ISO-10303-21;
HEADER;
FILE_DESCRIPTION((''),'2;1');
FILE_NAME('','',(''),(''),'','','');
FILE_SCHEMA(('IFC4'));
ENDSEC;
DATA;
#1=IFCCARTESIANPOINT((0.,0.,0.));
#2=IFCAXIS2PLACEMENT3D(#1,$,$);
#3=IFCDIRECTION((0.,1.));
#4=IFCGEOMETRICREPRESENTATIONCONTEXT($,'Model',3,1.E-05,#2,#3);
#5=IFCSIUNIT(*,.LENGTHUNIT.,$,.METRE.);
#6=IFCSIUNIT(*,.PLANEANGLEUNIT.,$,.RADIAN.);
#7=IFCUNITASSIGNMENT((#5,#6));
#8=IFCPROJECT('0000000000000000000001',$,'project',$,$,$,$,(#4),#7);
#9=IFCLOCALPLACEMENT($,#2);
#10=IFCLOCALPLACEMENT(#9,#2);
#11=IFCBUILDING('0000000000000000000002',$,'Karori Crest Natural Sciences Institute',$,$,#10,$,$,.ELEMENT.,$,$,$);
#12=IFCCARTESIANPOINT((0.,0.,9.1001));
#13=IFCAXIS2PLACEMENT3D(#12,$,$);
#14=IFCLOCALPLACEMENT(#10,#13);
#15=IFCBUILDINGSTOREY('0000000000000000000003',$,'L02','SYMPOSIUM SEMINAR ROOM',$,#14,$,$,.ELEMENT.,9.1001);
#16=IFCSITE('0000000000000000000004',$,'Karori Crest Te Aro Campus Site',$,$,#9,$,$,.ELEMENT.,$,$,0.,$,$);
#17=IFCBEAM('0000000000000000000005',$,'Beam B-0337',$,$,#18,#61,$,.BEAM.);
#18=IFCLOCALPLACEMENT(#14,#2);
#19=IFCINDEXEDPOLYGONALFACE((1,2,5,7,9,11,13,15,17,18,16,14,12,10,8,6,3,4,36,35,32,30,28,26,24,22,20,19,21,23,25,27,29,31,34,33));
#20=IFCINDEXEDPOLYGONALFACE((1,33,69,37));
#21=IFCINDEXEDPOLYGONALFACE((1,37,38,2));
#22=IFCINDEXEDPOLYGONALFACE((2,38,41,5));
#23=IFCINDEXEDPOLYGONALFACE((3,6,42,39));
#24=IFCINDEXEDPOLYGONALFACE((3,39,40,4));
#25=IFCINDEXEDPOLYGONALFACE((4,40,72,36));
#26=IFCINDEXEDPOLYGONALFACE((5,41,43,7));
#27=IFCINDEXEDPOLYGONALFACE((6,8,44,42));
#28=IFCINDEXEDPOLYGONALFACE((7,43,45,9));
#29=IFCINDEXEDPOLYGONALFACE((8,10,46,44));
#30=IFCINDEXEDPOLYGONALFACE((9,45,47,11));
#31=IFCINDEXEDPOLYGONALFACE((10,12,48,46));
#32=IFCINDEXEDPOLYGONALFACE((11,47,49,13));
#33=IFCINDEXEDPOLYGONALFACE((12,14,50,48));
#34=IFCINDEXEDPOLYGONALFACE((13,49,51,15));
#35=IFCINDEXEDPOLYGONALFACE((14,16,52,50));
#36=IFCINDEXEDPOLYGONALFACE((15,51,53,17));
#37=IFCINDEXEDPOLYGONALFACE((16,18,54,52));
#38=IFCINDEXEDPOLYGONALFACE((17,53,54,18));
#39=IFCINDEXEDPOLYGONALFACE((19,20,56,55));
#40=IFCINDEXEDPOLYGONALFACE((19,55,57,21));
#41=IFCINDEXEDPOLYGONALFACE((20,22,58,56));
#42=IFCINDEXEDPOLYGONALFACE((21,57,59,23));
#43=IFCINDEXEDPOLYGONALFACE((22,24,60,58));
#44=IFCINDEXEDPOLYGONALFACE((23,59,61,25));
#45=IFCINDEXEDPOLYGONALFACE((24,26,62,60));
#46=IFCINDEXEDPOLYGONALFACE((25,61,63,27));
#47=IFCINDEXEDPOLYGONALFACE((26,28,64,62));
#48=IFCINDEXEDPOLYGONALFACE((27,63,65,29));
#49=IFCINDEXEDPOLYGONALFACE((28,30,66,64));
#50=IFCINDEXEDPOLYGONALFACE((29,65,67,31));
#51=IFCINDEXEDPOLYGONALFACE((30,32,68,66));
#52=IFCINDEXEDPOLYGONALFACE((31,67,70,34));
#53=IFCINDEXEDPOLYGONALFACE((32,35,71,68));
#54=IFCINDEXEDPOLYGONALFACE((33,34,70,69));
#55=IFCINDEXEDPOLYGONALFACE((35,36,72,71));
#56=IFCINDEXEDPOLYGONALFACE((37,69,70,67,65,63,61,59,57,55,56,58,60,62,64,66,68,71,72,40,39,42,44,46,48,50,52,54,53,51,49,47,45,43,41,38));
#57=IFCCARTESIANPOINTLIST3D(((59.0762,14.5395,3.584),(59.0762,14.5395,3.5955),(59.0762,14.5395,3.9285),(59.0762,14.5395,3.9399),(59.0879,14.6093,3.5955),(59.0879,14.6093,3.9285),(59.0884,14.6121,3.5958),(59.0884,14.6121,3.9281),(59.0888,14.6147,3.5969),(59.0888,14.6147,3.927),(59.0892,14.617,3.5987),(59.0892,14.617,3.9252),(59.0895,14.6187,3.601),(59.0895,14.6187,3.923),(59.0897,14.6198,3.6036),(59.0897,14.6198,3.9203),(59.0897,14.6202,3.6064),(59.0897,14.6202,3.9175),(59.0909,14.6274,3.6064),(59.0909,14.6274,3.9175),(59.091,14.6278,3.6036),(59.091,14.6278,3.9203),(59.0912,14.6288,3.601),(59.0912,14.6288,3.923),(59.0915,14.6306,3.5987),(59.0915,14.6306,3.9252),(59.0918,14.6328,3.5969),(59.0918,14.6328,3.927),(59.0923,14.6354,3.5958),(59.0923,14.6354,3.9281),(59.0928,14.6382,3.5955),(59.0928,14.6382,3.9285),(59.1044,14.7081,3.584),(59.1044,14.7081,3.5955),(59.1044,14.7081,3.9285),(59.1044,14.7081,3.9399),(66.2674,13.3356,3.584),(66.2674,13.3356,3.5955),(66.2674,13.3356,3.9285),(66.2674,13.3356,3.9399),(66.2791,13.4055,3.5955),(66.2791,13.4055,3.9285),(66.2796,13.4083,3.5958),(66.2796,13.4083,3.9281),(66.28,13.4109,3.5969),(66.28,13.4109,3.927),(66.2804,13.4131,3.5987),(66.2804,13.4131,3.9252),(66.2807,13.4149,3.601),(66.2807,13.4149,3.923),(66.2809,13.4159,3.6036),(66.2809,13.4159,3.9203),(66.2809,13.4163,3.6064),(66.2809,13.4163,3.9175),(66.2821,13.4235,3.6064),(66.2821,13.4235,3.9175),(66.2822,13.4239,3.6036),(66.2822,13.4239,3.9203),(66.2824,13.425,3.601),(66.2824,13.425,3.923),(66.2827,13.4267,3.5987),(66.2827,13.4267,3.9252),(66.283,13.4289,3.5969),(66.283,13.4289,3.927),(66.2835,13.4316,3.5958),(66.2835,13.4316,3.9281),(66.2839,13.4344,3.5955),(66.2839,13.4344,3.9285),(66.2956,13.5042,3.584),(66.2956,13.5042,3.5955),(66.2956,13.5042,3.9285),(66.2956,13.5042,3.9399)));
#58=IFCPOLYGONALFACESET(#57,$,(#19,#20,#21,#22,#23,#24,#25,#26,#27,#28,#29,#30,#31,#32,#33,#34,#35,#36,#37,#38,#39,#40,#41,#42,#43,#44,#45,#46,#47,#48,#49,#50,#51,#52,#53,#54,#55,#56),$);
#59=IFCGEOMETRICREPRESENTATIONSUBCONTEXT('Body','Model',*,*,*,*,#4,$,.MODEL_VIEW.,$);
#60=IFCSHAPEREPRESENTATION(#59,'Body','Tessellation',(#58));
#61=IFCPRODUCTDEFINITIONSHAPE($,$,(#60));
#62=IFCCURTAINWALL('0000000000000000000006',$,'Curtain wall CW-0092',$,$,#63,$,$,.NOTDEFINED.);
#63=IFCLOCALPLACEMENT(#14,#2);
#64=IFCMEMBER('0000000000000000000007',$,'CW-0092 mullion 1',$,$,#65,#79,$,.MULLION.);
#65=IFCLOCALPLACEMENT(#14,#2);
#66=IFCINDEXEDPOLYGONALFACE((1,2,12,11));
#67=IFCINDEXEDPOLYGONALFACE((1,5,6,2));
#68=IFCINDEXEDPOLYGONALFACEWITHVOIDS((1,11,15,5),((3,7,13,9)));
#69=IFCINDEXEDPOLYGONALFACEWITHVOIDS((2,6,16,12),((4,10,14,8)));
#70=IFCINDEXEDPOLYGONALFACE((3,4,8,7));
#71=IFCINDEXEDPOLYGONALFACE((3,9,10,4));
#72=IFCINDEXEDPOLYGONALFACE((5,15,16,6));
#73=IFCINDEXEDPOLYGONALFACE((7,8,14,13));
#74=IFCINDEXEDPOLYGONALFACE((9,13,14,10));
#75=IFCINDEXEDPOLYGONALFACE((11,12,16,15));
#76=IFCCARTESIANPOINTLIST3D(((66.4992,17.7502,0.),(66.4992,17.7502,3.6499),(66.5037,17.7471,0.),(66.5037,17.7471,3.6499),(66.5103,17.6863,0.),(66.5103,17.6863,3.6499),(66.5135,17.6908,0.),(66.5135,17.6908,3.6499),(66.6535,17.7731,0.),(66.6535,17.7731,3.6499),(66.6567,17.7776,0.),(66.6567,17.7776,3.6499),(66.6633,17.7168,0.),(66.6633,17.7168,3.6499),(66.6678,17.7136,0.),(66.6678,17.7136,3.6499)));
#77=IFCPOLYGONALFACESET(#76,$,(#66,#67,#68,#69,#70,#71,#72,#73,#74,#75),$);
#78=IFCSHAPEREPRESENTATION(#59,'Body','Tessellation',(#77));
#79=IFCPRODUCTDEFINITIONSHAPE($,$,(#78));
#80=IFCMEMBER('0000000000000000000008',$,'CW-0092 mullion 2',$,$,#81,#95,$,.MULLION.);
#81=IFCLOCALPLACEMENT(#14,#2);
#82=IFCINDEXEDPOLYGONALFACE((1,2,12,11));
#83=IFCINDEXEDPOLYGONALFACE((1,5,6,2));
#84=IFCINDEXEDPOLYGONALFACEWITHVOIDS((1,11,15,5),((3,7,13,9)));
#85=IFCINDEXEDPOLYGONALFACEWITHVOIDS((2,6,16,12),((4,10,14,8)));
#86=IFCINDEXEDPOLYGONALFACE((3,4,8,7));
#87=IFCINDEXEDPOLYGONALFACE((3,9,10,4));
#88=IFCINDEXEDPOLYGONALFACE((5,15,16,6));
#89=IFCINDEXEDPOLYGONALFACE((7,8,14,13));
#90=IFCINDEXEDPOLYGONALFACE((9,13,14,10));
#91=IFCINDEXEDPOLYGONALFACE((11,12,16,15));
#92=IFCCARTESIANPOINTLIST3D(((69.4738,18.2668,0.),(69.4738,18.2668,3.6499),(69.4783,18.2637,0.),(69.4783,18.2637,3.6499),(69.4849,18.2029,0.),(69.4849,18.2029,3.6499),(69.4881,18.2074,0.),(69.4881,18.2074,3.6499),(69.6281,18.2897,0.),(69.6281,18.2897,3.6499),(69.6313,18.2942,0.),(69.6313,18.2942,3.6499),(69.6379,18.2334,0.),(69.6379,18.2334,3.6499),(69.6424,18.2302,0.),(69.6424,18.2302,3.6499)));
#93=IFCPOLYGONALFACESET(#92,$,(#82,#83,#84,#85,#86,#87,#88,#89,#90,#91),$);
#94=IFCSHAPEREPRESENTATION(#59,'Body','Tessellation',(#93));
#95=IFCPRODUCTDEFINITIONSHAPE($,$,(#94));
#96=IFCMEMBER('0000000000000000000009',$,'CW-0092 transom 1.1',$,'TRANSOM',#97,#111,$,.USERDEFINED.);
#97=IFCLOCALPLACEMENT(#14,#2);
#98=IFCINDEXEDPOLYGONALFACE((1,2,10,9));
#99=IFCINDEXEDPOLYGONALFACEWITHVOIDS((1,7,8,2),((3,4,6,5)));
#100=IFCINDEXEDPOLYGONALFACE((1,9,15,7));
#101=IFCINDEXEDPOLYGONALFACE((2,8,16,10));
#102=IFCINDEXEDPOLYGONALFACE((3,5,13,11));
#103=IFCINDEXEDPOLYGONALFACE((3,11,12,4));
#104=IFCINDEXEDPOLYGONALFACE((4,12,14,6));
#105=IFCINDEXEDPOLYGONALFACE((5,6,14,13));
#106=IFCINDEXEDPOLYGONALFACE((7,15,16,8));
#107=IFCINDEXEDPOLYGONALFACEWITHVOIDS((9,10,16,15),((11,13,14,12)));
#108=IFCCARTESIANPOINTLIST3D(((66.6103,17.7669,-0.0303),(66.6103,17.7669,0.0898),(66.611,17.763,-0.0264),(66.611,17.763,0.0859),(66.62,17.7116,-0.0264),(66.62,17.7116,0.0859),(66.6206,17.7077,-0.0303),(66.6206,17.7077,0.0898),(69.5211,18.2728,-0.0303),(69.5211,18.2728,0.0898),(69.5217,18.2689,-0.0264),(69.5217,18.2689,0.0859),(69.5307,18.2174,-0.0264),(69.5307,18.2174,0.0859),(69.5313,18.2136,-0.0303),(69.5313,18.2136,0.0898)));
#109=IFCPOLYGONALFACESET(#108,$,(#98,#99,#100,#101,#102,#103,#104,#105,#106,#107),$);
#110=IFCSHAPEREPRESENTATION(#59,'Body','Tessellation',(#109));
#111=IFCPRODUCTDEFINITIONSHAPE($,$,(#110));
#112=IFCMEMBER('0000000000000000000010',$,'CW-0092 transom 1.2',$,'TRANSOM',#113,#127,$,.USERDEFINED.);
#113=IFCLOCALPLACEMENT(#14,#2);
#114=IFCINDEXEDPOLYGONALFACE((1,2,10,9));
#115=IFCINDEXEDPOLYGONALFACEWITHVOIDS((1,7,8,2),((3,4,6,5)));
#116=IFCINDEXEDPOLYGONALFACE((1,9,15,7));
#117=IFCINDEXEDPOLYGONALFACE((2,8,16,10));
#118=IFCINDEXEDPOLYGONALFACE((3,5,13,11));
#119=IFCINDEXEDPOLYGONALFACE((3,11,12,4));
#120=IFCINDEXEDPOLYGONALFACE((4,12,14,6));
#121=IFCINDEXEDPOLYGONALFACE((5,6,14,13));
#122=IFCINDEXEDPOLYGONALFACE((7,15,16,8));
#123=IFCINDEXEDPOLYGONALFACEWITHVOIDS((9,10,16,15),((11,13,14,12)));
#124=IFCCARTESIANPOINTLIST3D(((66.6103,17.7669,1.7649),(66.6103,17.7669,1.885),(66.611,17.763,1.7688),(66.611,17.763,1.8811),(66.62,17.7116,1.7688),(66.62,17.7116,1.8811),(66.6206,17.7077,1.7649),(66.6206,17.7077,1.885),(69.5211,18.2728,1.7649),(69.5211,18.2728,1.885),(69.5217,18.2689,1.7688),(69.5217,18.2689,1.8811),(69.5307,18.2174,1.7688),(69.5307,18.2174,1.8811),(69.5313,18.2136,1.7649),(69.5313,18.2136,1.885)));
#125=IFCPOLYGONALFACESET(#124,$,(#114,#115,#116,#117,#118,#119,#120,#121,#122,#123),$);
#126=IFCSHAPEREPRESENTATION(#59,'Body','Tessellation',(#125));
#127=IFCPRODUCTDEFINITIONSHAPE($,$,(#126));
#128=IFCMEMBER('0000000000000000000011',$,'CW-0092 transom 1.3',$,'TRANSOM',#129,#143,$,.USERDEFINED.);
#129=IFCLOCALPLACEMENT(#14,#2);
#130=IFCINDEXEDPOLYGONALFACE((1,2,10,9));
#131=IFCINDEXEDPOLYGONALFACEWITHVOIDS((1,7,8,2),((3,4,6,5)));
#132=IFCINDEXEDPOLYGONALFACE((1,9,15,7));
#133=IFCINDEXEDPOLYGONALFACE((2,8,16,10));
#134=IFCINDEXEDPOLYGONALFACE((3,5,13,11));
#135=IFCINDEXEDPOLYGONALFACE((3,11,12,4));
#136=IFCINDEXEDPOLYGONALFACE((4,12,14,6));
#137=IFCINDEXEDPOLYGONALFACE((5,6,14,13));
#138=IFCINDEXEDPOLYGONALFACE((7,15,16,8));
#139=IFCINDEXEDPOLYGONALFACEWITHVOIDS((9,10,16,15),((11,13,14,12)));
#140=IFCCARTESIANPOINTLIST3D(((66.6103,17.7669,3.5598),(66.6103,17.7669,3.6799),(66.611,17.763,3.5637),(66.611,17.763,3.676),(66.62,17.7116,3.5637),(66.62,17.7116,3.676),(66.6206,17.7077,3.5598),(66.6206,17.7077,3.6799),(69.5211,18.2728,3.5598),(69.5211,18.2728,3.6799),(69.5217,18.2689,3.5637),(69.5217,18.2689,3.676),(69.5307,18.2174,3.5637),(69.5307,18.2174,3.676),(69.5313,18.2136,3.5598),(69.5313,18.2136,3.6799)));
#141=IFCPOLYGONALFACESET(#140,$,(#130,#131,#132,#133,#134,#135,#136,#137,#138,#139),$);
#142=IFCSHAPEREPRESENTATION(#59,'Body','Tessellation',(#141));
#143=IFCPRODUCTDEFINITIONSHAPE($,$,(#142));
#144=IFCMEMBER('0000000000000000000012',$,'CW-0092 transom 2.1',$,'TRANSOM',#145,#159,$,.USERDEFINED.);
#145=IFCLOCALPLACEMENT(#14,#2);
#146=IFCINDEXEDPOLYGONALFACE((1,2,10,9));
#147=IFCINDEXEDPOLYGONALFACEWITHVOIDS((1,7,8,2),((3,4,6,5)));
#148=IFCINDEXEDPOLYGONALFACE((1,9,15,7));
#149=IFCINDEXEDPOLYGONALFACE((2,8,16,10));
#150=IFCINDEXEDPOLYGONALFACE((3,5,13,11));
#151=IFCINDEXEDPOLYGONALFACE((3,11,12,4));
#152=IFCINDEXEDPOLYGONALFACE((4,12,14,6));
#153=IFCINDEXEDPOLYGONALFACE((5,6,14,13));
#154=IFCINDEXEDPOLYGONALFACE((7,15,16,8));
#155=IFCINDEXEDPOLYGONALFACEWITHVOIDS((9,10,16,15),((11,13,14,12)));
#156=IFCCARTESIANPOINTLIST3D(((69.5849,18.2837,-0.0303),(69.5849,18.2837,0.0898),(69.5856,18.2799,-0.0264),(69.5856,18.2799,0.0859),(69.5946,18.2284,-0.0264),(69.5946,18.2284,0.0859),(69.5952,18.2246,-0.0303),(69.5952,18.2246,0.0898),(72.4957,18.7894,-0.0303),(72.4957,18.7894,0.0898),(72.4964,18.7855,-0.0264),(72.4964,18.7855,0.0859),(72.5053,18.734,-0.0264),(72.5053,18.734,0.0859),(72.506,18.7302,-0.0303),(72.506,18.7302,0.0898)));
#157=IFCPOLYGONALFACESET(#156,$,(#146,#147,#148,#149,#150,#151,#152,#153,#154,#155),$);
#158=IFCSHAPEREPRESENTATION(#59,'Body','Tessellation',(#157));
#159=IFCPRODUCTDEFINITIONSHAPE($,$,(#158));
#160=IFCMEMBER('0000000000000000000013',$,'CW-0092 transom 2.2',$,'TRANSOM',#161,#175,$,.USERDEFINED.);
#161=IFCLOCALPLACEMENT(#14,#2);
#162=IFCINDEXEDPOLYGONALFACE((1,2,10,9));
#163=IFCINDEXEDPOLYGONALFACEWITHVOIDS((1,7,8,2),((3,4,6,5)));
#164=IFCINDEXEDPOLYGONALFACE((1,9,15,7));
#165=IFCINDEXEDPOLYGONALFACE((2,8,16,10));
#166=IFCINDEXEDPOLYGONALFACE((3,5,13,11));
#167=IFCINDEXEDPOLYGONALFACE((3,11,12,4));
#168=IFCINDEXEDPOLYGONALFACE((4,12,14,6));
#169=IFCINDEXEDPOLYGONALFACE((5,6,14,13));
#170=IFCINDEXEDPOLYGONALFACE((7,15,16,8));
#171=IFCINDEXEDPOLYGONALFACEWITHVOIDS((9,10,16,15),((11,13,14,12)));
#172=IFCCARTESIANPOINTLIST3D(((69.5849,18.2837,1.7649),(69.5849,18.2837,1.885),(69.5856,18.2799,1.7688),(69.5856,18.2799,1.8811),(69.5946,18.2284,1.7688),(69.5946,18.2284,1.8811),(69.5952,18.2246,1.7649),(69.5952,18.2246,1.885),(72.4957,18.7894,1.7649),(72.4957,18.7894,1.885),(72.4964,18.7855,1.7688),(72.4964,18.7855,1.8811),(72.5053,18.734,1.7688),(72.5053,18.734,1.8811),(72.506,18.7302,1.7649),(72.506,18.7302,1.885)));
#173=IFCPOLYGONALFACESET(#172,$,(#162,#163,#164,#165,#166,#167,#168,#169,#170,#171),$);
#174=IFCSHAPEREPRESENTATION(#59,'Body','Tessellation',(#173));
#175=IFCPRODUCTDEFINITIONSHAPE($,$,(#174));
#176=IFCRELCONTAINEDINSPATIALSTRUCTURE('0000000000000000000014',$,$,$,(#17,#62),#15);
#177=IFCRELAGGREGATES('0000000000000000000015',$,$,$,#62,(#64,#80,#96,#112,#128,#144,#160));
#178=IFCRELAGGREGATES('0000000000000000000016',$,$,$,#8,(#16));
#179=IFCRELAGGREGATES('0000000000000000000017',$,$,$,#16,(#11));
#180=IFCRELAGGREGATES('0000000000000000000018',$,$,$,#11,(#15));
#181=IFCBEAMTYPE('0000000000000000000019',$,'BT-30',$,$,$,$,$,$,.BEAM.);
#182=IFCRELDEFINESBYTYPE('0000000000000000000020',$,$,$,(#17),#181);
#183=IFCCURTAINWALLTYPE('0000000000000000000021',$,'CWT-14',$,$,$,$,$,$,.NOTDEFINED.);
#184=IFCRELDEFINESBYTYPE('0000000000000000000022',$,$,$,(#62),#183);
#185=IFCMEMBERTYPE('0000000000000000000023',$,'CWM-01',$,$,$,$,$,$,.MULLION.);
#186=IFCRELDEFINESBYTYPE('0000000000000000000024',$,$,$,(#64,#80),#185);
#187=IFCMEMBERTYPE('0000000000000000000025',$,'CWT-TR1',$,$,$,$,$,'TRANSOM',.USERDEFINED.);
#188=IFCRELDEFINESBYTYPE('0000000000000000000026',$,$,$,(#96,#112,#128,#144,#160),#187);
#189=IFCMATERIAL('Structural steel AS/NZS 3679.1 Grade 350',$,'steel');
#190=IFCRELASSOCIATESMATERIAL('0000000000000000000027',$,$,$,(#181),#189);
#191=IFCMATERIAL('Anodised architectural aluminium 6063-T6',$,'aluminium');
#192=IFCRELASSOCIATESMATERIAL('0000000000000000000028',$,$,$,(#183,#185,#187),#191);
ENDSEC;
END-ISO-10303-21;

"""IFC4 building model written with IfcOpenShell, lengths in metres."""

from ifc_helpers import new_model, si_unit, direction, frame, origin, origin_2d, place, context, subcontext, project, spatial, hollow_rectangle, i_section, extrude, material, material_profile, profile_set, type_object, element, aggregate, save


model = new_model("IFC4")

# Units and contexts
model_context = context("Model", 3, precision=1e-05, world=origin(), true_north=direction((0.0, 1.0)))
body_context = subcontext(model_context, "Body", "Model", "MODEL_VIEW")
ifc_project = project(units=[si_unit("LENGTHUNIT", "METRE"), si_unit("PLANEANGLEUNIT", "RADIAN")], contexts=[model_context])

# Site, building, storey
site_placement = place(None, origin())
site = spatial("IfcSite", under=ifc_project, at=site_placement, Name="Karori Crest Te Aro Campus Site", CompositionType="ELEMENT", RefElevation=0.0)
building_placement = place(site_placement, origin())
building = spatial("IfcBuilding", under=site, at=building_placement, Name="Karori Crest Natural Sciences Institute", CompositionType="ELEMENT")
storey_placement = place(building_placement, frame((0.0, 0.0, 9.1001)))
storey = spatial("IfcBuildingStorey", under=building, at=storey_placement, Name="L02", Description="SYMPOSIUM SEMINAR ROOM", CompositionType="ELEMENT", Elevation=9.1001)

# Shared definitions
ifc_material_1 = material(Name="Structural steel AS/NZS 3679.1 Grade 350", Category="steel")

# Beam
ifc_material_profile_1 = material_profile(ifc_material_1, i_section(OverallWidth=0.1709, OverallDepth=0.356, WebThickness=0.0073, FlangeThickness=0.0115, FilletRadius=0.011, at=origin_2d()), Name="360UB50.7")
ifc_profile_set_1 = profile_set([ifc_material_profile_1], Name="Structural steel AS/NZS 3679.1 Grade 350")
beam_type_1 = type_object("IfcBeamType", Name="BT-30", PredefinedType="BEAM", material=ifc_profile_set_1)
beam_1_placement = place(storey_placement, frame((59.0903, 14.6238, 3.762), z_axis=(0.986275, -0.16511, 0.0), x_axis=(0.16511, 0.986275, 0.0)))
element("IfcBeam", 1, at=beam_1_placement, inside=storey, type_object=beam_type_1, Name="Beam B-0337", PredefinedType="BEAM", context=body_context, shape_type="SweptSolid", body=[
    extrude(i_section(OverallWidth=0.1709, OverallDepth=0.356, WebThickness=0.0073, FlangeThickness=0.0115, FilletRadius=0.011, at=origin_2d()), origin(), (0.0, 0.0, 1.0), 7.2913),
])

# Curtain wall, members
ifc_material_2 = material(Name="Anodised architectural aluminium 6063-T6", Category="aluminium")
curtain_wall_type_1 = type_object("IfcCurtainWallType", Name="CWT-14", PredefinedType="NOTDEFINED", material=ifc_material_2)
curtain_wall_1_placement = place(storey_placement, origin())
curtain_wall_1 = element("IfcCurtainWall", 2, at=curtain_wall_1_placement, inside=storey, type_object=curtain_wall_type_1, Name="Curtain wall CW-0092", PredefinedType="NOTDEFINED")
ifc_material_profile_2 = material_profile(ifc_material_2, hollow_rectangle(XDim=0.0649, YDim=0.1599, WallThickness=0.0039, at=origin_2d()), Name="CWM160x65x4")
ifc_profile_set_2 = profile_set([ifc_material_profile_2], Name="Anodised architectural aluminium 6063-T6")
member_type_1 = type_object("IfcMemberType", Name="CWM-01", PredefinedType="MULLION", material=ifc_profile_set_2)
member_1_placement = place(storey_placement, frame((66.5835, 17.7319, 0.0), z_axis=(0.0, 0.0, 1.0), x_axis=(-0.17117, 0.985241, 0.0)))
member_1 = element("IfcMember", 3, at=member_1_placement, type_object=member_type_1, Name="CW-0092 mullion 1", PredefinedType="MULLION", context=body_context, shape_type="SweptSolid", body=[
    extrude(hollow_rectangle(XDim=0.0649, YDim=0.1599, WallThickness=0.0039, at=origin_2d()), origin(), (0.0, 0.0, 1.0), 3.6499),
])
member_2_placement = place(storey_placement, frame((69.5581, 18.2485, 0.0), z_axis=(0.0, 0.0, 1.0), x_axis=(-0.17117, 0.985241, 0.0)))
member_2 = element("IfcMember", 4, at=member_2_placement, type_object=member_type_1, Name="CW-0092 mullion 2", PredefinedType="MULLION", context=body_context, shape_type="SweptSolid", body=[
    extrude(hollow_rectangle(XDim=0.0649, YDim=0.1599, WallThickness=0.0039, at=origin_2d()), origin(), (0.0, 0.0, 1.0), 3.6499),
])
ifc_material_profile_3 = material_profile(ifc_material_2, hollow_rectangle(XDim=0.0601, YDim=0.1201, WallThickness=0.0039, at=origin_2d()), Name="CWT120x60x4")
ifc_profile_set_3 = profile_set([ifc_material_profile_3], Name="Anodised architectural aluminium 6063-T6")
member_type_2 = type_object("IfcMemberType", Name="CWT-TR1", ElementType="TRANSOM", PredefinedType="USERDEFINED", material=ifc_profile_set_3)
member_3_placement = place(storey_placement, frame((66.6155, 17.7373, 0.0298), z_axis=(0.985231, 0.17123, 0.0), x_axis=(-0.17123, 0.985231, 0.0)))
member_3 = element("IfcMember", 5, at=member_3_placement, type_object=member_type_2, Name="CW-0092 transom 1.1", ObjectType="TRANSOM", PredefinedType="USERDEFINED", context=body_context, shape_type="SweptSolid", body=[
    extrude(hollow_rectangle(XDim=0.0601, YDim=0.1201, WallThickness=0.0039, at=origin_2d()), origin(), (0.0, 0.0, 1.0), 2.9543),
])
member_4_placement = place(storey_placement, frame((66.6155, 17.7373, 1.825), z_axis=(0.985231, 0.17123, 0.0), x_axis=(-0.17123, 0.985231, 0.0)))
member_4 = element("IfcMember", 6, at=member_4_placement, type_object=member_type_2, Name="CW-0092 transom 1.2", ObjectType="TRANSOM", PredefinedType="USERDEFINED", context=body_context, shape_type="SweptSolid", body=[
    extrude(hollow_rectangle(XDim=0.0601, YDim=0.1201, WallThickness=0.0039, at=origin_2d()), origin(), (0.0, 0.0, 1.0), 2.9543),
])
member_5_placement = place(storey_placement, frame((66.6155, 17.7373, 3.6199), z_axis=(0.985231, 0.17123, 0.0), x_axis=(-0.17123, 0.985231, 0.0)))
member_5 = element("IfcMember", 7, at=member_5_placement, type_object=member_type_2, Name="CW-0092 transom 1.3", ObjectType="TRANSOM", PredefinedType="USERDEFINED", context=body_context, shape_type="SweptSolid", body=[
    extrude(hollow_rectangle(XDim=0.0601, YDim=0.1201, WallThickness=0.0039, at=origin_2d()), origin(), (0.0, 0.0, 1.0), 2.9543),
])
member_6_placement = place(storey_placement, frame((69.5901, 18.2542, 0.0298), z_axis=(0.985245, 0.171149, 0.0), x_axis=(-0.171149, 0.985245, 0.0)))
member_6 = element("IfcMember", 8, at=member_6_placement, type_object=member_type_2, Name="CW-0092 transom 2.1", ObjectType="TRANSOM", PredefinedType="USERDEFINED", context=body_context, shape_type="SweptSolid", body=[
    extrude(hollow_rectangle(XDim=0.0601, YDim=0.1201, WallThickness=0.0039, at=origin_2d()), origin(), (0.0, 0.0, 1.0), 2.9543),
])
member_7_placement = place(storey_placement, frame((69.5901, 18.2542, 1.825), z_axis=(0.985245, 0.171149, 0.0), x_axis=(-0.171149, 0.985245, 0.0)))
member_7 = element("IfcMember", 9, at=member_7_placement, type_object=member_type_2, Name="CW-0092 transom 2.2", ObjectType="TRANSOM", PredefinedType="USERDEFINED", context=body_context, shape_type="SweptSolid", body=[
    extrude(hollow_rectangle(XDim=0.0601, YDim=0.1201, WallThickness=0.0039, at=origin_2d()), origin(), (0.0, 0.0, 1.0), 2.9543),
])

aggregate(curtain_wall_1, [member_1, member_2, member_3, member_4, member_5, member_6, member_7])

save(model, "model.ifc")
